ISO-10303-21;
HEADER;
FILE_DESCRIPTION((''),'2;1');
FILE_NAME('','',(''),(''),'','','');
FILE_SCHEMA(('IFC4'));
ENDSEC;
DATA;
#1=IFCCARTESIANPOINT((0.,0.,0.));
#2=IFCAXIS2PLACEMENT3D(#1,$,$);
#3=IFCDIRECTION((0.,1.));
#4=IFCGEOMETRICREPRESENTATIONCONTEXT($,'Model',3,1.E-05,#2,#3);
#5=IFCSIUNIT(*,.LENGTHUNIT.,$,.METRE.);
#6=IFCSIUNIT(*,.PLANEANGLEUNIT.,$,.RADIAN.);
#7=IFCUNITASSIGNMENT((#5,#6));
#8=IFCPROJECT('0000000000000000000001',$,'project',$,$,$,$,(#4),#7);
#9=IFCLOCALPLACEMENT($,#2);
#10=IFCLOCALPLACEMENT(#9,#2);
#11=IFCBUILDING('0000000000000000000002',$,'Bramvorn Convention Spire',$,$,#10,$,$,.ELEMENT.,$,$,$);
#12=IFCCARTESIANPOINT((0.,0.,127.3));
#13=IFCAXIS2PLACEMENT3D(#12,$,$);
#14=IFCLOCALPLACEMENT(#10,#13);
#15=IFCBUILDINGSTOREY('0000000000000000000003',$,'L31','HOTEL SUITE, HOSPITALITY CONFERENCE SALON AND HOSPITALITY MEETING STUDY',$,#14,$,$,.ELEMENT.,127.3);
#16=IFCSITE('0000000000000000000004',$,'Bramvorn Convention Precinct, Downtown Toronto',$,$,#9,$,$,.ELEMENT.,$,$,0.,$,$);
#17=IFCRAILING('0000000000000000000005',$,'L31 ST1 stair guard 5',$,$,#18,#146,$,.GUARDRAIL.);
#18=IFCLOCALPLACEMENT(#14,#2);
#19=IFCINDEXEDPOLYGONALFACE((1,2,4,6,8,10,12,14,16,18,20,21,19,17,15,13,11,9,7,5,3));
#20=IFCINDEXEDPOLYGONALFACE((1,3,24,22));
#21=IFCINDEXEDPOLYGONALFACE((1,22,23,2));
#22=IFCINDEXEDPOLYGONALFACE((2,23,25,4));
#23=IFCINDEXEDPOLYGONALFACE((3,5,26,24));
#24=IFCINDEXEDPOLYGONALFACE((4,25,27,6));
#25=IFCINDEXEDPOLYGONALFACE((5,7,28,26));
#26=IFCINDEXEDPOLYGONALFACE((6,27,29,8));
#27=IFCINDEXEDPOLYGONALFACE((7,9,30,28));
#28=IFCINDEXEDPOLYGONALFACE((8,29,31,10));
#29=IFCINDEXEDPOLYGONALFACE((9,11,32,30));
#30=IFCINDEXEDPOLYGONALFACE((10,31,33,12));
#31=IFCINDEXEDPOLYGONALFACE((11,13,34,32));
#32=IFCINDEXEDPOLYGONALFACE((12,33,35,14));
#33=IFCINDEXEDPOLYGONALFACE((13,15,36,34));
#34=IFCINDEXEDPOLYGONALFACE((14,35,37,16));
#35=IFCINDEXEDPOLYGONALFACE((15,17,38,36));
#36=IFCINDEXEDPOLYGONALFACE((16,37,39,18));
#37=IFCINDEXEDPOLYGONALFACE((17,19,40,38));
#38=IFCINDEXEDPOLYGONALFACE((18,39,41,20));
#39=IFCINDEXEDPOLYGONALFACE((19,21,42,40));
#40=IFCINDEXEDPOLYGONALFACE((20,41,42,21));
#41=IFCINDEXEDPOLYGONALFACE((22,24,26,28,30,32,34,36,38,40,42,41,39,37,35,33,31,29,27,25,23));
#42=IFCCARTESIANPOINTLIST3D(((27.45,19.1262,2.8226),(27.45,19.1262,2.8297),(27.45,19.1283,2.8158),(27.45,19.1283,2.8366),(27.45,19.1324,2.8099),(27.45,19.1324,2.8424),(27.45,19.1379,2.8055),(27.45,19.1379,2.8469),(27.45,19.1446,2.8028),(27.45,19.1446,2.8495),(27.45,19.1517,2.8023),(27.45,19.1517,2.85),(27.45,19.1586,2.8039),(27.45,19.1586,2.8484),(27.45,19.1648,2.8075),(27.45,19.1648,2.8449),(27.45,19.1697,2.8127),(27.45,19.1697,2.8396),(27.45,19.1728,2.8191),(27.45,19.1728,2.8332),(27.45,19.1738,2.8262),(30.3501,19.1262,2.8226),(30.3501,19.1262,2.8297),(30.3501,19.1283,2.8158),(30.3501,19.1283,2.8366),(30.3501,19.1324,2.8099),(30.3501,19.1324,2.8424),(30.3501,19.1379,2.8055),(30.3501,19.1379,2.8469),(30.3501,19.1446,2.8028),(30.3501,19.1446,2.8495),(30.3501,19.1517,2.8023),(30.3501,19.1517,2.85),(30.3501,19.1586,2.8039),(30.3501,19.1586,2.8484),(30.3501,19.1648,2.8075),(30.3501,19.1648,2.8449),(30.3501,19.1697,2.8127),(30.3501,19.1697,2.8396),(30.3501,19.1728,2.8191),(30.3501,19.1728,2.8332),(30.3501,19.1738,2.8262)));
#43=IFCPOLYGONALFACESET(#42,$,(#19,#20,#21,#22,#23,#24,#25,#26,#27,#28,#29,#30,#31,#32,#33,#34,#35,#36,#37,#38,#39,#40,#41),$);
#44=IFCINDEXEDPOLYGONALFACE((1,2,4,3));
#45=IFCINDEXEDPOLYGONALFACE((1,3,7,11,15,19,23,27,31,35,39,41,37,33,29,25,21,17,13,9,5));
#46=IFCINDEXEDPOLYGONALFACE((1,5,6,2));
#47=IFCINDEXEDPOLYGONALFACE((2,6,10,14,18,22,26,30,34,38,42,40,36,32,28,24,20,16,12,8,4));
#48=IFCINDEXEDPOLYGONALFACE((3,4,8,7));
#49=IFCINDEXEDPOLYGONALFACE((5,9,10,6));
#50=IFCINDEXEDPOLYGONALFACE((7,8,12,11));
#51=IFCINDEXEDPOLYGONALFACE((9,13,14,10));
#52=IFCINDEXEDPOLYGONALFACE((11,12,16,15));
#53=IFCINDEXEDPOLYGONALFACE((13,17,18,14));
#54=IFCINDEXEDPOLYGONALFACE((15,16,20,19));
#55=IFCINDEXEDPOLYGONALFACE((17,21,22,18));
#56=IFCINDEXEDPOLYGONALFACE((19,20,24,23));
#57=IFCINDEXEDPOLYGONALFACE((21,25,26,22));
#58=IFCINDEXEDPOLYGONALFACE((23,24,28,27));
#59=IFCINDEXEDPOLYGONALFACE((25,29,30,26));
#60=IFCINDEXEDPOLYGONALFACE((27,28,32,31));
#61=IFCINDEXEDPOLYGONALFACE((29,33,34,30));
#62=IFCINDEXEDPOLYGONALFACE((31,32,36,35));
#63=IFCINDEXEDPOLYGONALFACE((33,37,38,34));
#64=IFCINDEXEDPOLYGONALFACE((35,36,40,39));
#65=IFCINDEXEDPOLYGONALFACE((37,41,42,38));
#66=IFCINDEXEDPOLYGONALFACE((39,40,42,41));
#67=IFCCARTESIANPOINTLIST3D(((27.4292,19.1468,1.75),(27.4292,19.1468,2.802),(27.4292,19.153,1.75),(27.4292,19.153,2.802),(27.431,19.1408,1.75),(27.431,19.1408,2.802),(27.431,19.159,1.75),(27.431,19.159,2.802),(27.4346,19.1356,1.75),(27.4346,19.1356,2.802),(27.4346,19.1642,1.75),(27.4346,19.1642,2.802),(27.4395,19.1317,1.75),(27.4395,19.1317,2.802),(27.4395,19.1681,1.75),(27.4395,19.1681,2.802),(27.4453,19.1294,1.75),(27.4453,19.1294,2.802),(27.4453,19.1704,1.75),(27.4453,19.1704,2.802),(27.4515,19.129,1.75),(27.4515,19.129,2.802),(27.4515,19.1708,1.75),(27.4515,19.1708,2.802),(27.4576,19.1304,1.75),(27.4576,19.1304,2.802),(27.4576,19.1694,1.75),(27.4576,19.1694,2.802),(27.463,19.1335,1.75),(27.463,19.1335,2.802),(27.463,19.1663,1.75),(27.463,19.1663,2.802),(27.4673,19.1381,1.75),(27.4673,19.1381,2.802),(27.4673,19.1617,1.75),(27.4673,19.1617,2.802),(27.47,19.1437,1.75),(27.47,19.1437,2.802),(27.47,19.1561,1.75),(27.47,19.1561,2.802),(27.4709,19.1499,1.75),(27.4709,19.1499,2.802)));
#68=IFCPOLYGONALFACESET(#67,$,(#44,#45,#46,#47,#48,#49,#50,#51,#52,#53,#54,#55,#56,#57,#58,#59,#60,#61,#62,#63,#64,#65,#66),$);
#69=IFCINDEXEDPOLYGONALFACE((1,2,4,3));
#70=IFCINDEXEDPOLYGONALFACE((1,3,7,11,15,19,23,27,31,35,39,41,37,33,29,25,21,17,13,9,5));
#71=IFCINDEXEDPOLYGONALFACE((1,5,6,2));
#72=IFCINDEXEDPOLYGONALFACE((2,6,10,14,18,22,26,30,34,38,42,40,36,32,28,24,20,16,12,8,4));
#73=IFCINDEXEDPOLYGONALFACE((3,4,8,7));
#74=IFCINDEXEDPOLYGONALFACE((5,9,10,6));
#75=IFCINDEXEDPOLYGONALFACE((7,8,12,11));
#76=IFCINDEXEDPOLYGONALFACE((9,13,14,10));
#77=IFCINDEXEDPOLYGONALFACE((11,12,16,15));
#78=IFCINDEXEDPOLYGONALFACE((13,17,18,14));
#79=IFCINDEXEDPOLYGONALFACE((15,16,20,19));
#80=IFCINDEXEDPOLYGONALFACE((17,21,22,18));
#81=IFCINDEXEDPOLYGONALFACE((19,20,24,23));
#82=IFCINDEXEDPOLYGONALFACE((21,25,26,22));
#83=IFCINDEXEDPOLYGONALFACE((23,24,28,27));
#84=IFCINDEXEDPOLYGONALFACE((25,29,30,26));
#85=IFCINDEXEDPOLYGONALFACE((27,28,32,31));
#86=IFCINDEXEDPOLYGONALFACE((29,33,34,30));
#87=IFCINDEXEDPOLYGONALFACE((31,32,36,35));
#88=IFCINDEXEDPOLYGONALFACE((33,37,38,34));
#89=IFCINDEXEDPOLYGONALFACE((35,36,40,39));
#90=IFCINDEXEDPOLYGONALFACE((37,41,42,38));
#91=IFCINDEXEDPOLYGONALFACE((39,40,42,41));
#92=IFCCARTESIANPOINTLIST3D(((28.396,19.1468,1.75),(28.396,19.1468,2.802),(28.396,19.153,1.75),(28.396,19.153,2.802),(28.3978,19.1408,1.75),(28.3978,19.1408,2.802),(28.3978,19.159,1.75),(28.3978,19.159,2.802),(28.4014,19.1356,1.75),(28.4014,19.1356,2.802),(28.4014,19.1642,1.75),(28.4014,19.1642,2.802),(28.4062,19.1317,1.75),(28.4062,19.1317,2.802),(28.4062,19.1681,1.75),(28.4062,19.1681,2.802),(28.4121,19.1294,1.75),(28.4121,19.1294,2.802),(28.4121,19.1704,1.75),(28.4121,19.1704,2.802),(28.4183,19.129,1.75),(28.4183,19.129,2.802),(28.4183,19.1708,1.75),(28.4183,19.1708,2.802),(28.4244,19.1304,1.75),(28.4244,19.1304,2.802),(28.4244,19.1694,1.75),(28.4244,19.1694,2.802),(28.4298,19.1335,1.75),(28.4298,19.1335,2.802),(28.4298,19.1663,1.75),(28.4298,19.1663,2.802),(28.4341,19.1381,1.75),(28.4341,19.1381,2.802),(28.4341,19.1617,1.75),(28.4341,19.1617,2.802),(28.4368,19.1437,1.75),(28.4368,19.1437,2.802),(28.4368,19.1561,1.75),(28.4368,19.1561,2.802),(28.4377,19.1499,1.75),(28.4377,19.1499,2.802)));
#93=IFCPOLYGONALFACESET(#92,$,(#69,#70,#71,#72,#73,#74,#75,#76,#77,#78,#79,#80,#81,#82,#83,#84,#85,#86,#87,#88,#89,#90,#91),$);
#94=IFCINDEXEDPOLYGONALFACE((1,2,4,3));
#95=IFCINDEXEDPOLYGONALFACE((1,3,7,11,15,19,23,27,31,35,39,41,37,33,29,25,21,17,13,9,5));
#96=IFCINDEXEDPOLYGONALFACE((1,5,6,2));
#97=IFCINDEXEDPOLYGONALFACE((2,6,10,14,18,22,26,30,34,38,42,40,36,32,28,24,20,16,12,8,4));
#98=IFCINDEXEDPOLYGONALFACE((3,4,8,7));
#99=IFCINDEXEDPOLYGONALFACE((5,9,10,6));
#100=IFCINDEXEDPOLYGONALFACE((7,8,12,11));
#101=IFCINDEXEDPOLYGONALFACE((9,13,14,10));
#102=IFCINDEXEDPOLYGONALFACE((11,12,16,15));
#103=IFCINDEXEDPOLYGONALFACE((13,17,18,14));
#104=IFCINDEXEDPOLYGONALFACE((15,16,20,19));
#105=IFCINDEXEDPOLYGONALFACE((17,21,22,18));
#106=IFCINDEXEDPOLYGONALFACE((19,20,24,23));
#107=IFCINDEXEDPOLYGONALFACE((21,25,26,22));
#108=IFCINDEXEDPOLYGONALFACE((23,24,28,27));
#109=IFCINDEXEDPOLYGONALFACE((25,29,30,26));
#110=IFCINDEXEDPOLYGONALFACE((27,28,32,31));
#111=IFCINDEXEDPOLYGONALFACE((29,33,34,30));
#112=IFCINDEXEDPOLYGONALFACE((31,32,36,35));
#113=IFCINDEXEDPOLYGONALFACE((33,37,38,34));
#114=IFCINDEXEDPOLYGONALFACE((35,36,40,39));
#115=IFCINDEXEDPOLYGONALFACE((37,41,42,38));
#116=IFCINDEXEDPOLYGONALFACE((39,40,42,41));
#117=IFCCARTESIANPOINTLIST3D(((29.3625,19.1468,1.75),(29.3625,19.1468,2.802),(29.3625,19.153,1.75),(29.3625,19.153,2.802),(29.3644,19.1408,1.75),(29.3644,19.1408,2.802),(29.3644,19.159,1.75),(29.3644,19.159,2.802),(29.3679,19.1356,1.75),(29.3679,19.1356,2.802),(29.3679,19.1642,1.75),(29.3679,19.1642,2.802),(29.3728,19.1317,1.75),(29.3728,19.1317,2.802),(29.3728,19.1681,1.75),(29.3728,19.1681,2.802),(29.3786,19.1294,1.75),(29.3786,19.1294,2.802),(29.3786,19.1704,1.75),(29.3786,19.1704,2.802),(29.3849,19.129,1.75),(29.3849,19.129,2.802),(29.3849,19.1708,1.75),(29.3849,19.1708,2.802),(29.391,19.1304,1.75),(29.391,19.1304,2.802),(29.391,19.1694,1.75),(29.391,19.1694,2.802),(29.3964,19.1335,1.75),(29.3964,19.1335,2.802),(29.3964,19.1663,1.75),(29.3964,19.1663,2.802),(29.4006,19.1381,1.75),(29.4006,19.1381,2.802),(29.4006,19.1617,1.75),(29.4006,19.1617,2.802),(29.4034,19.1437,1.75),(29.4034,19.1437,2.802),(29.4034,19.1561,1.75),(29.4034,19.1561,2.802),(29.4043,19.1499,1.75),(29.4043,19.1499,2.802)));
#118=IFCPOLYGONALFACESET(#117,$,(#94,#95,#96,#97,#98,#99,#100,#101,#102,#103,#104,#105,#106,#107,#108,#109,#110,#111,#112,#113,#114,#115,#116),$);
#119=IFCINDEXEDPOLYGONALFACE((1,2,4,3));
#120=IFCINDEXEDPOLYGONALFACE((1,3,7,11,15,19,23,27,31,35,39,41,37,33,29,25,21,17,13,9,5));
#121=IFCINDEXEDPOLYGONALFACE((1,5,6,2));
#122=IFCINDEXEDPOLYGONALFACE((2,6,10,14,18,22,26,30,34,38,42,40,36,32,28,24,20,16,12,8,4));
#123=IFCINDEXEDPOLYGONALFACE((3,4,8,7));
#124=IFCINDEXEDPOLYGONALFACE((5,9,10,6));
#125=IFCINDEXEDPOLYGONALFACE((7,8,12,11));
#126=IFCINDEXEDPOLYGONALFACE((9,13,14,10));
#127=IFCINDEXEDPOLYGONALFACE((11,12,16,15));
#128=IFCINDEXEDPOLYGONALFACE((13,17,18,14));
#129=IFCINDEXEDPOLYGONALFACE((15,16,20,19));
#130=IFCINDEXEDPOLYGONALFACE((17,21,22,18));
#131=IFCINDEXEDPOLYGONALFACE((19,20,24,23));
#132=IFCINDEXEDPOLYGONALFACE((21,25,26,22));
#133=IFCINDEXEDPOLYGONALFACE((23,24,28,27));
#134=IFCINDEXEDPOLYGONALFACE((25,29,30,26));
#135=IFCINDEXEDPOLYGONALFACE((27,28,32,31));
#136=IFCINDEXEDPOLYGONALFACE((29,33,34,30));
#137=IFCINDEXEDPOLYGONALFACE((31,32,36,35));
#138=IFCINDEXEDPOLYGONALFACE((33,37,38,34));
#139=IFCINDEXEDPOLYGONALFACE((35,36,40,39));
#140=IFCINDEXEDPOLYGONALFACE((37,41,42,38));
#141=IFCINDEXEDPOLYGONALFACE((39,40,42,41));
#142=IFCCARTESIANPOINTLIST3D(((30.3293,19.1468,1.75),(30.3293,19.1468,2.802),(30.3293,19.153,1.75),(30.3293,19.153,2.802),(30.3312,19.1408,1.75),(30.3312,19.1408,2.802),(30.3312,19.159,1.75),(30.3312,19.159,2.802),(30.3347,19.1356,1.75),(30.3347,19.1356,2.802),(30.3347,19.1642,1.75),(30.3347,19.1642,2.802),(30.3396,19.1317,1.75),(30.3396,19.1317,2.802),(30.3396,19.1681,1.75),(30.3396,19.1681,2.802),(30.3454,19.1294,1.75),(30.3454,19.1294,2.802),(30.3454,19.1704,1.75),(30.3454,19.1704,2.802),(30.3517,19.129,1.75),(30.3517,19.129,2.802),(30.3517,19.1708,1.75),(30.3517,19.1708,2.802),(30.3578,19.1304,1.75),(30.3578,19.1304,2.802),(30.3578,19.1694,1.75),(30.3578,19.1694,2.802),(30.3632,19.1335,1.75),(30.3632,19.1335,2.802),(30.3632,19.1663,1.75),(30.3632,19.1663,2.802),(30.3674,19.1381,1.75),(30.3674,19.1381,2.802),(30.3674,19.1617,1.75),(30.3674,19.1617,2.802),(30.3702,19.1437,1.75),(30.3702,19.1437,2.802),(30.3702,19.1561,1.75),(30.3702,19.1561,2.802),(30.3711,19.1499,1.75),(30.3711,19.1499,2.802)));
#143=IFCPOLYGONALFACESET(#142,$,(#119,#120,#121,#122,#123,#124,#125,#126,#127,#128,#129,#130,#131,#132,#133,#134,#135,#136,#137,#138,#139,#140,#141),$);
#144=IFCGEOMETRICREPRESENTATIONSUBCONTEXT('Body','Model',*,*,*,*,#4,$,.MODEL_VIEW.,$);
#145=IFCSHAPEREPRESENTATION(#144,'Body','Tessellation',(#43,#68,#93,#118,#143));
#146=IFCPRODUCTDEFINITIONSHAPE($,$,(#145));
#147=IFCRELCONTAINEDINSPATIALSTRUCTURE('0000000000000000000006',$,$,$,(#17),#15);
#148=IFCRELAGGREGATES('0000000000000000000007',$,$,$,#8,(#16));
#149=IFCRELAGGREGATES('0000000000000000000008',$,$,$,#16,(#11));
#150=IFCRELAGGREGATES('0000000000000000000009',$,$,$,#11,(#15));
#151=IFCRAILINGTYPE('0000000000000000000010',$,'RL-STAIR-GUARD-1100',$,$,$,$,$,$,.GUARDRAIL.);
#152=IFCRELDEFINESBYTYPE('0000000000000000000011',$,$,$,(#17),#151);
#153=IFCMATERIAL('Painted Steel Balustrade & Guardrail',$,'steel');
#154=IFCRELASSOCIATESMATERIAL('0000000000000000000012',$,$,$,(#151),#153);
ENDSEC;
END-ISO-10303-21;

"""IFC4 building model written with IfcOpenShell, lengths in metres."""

from ifc_helpers import new_model, si_unit, direction, frame, origin, origin_2d, place, context, subcontext, project, spatial, circle, extrude, material, type_object, element, save


model = new_model("IFC4")

# Units and contexts
model_context = context("Model", 3, precision=1e-05, world=origin(), true_north=direction((0.0, 1.0)))
body_context = subcontext(model_context, "Body", "Model", "MODEL_VIEW")
ifc_project = project(units=[si_unit("LENGTHUNIT", "METRE"), si_unit("PLANEANGLEUNIT", "RADIAN")], contexts=[model_context])

# Site, building, storey
site_placement = place(None, origin())
site = spatial("IfcSite", under=ifc_project, at=site_placement, Name="Bramvorn Convention Precinct, Downtown Toronto", CompositionType="ELEMENT", RefElevation=0.0)
building_placement = place(site_placement, origin())
building = spatial("IfcBuilding", under=site, at=building_placement, Name="Bramvorn Convention Spire", CompositionType="ELEMENT")
storey_placement = place(building_placement, frame((0.0, 0.0, 127.3)))
storey = spatial("IfcBuildingStorey", under=building, at=storey_placement, Name="L31", Description="HOTEL SUITE, HOSPITALITY CONFERENCE SALON AND HOSPITALITY MEETING STUDY", CompositionType="ELEMENT", Elevation=127.3)

# Railing
ifc_material_1 = material(Name="Painted Steel Balustrade & Guardrail", Category="steel")
railing_type_1 = type_object("IfcRailingType", Name="RL-STAIR-GUARD-1100", PredefinedType="GUARDRAIL", material=ifc_material_1)
railing_1_placement = place(storey_placement, frame((27.45, 19.1499, 1.75)))
element("IfcRailing", 1, at=railing_1_placement, inside=storey, type_object=railing_type_1, Name="L31 ST1 stair guard 5", PredefinedType="GUARDRAIL", context=body_context, shape_type="SweptSolid", body=[
    extrude(circle(Radius=0.0239, at=origin_2d()), frame((0.0, 0.0, 1.0762), z_axis=(1.0, 0.0, 0.0), x_axis=(0.0, 1.0, 0.0)), (0.0, 0.0, 1.0), 2.9001),
    extrude(circle(Radius=0.021, at=origin_2d()), origin(), (0.0, 0.0, 1.0), 1.052),
    extrude(circle(Radius=0.021, at=origin_2d()), frame((0.9668, 0.0, 0.0)), (0.0, 0.0, 1.0), 1.052),
    extrude(circle(Radius=0.021, at=origin_2d()), frame((1.9333, 0.0, 0.0)), (0.0, 0.0, 1.0), 1.052),
    extrude(circle(Radius=0.021, at=origin_2d()), frame((2.9001, 0.0, 0.0)), (0.0, 0.0, 1.0), 1.052),
])

save(model, "model.ifc")
